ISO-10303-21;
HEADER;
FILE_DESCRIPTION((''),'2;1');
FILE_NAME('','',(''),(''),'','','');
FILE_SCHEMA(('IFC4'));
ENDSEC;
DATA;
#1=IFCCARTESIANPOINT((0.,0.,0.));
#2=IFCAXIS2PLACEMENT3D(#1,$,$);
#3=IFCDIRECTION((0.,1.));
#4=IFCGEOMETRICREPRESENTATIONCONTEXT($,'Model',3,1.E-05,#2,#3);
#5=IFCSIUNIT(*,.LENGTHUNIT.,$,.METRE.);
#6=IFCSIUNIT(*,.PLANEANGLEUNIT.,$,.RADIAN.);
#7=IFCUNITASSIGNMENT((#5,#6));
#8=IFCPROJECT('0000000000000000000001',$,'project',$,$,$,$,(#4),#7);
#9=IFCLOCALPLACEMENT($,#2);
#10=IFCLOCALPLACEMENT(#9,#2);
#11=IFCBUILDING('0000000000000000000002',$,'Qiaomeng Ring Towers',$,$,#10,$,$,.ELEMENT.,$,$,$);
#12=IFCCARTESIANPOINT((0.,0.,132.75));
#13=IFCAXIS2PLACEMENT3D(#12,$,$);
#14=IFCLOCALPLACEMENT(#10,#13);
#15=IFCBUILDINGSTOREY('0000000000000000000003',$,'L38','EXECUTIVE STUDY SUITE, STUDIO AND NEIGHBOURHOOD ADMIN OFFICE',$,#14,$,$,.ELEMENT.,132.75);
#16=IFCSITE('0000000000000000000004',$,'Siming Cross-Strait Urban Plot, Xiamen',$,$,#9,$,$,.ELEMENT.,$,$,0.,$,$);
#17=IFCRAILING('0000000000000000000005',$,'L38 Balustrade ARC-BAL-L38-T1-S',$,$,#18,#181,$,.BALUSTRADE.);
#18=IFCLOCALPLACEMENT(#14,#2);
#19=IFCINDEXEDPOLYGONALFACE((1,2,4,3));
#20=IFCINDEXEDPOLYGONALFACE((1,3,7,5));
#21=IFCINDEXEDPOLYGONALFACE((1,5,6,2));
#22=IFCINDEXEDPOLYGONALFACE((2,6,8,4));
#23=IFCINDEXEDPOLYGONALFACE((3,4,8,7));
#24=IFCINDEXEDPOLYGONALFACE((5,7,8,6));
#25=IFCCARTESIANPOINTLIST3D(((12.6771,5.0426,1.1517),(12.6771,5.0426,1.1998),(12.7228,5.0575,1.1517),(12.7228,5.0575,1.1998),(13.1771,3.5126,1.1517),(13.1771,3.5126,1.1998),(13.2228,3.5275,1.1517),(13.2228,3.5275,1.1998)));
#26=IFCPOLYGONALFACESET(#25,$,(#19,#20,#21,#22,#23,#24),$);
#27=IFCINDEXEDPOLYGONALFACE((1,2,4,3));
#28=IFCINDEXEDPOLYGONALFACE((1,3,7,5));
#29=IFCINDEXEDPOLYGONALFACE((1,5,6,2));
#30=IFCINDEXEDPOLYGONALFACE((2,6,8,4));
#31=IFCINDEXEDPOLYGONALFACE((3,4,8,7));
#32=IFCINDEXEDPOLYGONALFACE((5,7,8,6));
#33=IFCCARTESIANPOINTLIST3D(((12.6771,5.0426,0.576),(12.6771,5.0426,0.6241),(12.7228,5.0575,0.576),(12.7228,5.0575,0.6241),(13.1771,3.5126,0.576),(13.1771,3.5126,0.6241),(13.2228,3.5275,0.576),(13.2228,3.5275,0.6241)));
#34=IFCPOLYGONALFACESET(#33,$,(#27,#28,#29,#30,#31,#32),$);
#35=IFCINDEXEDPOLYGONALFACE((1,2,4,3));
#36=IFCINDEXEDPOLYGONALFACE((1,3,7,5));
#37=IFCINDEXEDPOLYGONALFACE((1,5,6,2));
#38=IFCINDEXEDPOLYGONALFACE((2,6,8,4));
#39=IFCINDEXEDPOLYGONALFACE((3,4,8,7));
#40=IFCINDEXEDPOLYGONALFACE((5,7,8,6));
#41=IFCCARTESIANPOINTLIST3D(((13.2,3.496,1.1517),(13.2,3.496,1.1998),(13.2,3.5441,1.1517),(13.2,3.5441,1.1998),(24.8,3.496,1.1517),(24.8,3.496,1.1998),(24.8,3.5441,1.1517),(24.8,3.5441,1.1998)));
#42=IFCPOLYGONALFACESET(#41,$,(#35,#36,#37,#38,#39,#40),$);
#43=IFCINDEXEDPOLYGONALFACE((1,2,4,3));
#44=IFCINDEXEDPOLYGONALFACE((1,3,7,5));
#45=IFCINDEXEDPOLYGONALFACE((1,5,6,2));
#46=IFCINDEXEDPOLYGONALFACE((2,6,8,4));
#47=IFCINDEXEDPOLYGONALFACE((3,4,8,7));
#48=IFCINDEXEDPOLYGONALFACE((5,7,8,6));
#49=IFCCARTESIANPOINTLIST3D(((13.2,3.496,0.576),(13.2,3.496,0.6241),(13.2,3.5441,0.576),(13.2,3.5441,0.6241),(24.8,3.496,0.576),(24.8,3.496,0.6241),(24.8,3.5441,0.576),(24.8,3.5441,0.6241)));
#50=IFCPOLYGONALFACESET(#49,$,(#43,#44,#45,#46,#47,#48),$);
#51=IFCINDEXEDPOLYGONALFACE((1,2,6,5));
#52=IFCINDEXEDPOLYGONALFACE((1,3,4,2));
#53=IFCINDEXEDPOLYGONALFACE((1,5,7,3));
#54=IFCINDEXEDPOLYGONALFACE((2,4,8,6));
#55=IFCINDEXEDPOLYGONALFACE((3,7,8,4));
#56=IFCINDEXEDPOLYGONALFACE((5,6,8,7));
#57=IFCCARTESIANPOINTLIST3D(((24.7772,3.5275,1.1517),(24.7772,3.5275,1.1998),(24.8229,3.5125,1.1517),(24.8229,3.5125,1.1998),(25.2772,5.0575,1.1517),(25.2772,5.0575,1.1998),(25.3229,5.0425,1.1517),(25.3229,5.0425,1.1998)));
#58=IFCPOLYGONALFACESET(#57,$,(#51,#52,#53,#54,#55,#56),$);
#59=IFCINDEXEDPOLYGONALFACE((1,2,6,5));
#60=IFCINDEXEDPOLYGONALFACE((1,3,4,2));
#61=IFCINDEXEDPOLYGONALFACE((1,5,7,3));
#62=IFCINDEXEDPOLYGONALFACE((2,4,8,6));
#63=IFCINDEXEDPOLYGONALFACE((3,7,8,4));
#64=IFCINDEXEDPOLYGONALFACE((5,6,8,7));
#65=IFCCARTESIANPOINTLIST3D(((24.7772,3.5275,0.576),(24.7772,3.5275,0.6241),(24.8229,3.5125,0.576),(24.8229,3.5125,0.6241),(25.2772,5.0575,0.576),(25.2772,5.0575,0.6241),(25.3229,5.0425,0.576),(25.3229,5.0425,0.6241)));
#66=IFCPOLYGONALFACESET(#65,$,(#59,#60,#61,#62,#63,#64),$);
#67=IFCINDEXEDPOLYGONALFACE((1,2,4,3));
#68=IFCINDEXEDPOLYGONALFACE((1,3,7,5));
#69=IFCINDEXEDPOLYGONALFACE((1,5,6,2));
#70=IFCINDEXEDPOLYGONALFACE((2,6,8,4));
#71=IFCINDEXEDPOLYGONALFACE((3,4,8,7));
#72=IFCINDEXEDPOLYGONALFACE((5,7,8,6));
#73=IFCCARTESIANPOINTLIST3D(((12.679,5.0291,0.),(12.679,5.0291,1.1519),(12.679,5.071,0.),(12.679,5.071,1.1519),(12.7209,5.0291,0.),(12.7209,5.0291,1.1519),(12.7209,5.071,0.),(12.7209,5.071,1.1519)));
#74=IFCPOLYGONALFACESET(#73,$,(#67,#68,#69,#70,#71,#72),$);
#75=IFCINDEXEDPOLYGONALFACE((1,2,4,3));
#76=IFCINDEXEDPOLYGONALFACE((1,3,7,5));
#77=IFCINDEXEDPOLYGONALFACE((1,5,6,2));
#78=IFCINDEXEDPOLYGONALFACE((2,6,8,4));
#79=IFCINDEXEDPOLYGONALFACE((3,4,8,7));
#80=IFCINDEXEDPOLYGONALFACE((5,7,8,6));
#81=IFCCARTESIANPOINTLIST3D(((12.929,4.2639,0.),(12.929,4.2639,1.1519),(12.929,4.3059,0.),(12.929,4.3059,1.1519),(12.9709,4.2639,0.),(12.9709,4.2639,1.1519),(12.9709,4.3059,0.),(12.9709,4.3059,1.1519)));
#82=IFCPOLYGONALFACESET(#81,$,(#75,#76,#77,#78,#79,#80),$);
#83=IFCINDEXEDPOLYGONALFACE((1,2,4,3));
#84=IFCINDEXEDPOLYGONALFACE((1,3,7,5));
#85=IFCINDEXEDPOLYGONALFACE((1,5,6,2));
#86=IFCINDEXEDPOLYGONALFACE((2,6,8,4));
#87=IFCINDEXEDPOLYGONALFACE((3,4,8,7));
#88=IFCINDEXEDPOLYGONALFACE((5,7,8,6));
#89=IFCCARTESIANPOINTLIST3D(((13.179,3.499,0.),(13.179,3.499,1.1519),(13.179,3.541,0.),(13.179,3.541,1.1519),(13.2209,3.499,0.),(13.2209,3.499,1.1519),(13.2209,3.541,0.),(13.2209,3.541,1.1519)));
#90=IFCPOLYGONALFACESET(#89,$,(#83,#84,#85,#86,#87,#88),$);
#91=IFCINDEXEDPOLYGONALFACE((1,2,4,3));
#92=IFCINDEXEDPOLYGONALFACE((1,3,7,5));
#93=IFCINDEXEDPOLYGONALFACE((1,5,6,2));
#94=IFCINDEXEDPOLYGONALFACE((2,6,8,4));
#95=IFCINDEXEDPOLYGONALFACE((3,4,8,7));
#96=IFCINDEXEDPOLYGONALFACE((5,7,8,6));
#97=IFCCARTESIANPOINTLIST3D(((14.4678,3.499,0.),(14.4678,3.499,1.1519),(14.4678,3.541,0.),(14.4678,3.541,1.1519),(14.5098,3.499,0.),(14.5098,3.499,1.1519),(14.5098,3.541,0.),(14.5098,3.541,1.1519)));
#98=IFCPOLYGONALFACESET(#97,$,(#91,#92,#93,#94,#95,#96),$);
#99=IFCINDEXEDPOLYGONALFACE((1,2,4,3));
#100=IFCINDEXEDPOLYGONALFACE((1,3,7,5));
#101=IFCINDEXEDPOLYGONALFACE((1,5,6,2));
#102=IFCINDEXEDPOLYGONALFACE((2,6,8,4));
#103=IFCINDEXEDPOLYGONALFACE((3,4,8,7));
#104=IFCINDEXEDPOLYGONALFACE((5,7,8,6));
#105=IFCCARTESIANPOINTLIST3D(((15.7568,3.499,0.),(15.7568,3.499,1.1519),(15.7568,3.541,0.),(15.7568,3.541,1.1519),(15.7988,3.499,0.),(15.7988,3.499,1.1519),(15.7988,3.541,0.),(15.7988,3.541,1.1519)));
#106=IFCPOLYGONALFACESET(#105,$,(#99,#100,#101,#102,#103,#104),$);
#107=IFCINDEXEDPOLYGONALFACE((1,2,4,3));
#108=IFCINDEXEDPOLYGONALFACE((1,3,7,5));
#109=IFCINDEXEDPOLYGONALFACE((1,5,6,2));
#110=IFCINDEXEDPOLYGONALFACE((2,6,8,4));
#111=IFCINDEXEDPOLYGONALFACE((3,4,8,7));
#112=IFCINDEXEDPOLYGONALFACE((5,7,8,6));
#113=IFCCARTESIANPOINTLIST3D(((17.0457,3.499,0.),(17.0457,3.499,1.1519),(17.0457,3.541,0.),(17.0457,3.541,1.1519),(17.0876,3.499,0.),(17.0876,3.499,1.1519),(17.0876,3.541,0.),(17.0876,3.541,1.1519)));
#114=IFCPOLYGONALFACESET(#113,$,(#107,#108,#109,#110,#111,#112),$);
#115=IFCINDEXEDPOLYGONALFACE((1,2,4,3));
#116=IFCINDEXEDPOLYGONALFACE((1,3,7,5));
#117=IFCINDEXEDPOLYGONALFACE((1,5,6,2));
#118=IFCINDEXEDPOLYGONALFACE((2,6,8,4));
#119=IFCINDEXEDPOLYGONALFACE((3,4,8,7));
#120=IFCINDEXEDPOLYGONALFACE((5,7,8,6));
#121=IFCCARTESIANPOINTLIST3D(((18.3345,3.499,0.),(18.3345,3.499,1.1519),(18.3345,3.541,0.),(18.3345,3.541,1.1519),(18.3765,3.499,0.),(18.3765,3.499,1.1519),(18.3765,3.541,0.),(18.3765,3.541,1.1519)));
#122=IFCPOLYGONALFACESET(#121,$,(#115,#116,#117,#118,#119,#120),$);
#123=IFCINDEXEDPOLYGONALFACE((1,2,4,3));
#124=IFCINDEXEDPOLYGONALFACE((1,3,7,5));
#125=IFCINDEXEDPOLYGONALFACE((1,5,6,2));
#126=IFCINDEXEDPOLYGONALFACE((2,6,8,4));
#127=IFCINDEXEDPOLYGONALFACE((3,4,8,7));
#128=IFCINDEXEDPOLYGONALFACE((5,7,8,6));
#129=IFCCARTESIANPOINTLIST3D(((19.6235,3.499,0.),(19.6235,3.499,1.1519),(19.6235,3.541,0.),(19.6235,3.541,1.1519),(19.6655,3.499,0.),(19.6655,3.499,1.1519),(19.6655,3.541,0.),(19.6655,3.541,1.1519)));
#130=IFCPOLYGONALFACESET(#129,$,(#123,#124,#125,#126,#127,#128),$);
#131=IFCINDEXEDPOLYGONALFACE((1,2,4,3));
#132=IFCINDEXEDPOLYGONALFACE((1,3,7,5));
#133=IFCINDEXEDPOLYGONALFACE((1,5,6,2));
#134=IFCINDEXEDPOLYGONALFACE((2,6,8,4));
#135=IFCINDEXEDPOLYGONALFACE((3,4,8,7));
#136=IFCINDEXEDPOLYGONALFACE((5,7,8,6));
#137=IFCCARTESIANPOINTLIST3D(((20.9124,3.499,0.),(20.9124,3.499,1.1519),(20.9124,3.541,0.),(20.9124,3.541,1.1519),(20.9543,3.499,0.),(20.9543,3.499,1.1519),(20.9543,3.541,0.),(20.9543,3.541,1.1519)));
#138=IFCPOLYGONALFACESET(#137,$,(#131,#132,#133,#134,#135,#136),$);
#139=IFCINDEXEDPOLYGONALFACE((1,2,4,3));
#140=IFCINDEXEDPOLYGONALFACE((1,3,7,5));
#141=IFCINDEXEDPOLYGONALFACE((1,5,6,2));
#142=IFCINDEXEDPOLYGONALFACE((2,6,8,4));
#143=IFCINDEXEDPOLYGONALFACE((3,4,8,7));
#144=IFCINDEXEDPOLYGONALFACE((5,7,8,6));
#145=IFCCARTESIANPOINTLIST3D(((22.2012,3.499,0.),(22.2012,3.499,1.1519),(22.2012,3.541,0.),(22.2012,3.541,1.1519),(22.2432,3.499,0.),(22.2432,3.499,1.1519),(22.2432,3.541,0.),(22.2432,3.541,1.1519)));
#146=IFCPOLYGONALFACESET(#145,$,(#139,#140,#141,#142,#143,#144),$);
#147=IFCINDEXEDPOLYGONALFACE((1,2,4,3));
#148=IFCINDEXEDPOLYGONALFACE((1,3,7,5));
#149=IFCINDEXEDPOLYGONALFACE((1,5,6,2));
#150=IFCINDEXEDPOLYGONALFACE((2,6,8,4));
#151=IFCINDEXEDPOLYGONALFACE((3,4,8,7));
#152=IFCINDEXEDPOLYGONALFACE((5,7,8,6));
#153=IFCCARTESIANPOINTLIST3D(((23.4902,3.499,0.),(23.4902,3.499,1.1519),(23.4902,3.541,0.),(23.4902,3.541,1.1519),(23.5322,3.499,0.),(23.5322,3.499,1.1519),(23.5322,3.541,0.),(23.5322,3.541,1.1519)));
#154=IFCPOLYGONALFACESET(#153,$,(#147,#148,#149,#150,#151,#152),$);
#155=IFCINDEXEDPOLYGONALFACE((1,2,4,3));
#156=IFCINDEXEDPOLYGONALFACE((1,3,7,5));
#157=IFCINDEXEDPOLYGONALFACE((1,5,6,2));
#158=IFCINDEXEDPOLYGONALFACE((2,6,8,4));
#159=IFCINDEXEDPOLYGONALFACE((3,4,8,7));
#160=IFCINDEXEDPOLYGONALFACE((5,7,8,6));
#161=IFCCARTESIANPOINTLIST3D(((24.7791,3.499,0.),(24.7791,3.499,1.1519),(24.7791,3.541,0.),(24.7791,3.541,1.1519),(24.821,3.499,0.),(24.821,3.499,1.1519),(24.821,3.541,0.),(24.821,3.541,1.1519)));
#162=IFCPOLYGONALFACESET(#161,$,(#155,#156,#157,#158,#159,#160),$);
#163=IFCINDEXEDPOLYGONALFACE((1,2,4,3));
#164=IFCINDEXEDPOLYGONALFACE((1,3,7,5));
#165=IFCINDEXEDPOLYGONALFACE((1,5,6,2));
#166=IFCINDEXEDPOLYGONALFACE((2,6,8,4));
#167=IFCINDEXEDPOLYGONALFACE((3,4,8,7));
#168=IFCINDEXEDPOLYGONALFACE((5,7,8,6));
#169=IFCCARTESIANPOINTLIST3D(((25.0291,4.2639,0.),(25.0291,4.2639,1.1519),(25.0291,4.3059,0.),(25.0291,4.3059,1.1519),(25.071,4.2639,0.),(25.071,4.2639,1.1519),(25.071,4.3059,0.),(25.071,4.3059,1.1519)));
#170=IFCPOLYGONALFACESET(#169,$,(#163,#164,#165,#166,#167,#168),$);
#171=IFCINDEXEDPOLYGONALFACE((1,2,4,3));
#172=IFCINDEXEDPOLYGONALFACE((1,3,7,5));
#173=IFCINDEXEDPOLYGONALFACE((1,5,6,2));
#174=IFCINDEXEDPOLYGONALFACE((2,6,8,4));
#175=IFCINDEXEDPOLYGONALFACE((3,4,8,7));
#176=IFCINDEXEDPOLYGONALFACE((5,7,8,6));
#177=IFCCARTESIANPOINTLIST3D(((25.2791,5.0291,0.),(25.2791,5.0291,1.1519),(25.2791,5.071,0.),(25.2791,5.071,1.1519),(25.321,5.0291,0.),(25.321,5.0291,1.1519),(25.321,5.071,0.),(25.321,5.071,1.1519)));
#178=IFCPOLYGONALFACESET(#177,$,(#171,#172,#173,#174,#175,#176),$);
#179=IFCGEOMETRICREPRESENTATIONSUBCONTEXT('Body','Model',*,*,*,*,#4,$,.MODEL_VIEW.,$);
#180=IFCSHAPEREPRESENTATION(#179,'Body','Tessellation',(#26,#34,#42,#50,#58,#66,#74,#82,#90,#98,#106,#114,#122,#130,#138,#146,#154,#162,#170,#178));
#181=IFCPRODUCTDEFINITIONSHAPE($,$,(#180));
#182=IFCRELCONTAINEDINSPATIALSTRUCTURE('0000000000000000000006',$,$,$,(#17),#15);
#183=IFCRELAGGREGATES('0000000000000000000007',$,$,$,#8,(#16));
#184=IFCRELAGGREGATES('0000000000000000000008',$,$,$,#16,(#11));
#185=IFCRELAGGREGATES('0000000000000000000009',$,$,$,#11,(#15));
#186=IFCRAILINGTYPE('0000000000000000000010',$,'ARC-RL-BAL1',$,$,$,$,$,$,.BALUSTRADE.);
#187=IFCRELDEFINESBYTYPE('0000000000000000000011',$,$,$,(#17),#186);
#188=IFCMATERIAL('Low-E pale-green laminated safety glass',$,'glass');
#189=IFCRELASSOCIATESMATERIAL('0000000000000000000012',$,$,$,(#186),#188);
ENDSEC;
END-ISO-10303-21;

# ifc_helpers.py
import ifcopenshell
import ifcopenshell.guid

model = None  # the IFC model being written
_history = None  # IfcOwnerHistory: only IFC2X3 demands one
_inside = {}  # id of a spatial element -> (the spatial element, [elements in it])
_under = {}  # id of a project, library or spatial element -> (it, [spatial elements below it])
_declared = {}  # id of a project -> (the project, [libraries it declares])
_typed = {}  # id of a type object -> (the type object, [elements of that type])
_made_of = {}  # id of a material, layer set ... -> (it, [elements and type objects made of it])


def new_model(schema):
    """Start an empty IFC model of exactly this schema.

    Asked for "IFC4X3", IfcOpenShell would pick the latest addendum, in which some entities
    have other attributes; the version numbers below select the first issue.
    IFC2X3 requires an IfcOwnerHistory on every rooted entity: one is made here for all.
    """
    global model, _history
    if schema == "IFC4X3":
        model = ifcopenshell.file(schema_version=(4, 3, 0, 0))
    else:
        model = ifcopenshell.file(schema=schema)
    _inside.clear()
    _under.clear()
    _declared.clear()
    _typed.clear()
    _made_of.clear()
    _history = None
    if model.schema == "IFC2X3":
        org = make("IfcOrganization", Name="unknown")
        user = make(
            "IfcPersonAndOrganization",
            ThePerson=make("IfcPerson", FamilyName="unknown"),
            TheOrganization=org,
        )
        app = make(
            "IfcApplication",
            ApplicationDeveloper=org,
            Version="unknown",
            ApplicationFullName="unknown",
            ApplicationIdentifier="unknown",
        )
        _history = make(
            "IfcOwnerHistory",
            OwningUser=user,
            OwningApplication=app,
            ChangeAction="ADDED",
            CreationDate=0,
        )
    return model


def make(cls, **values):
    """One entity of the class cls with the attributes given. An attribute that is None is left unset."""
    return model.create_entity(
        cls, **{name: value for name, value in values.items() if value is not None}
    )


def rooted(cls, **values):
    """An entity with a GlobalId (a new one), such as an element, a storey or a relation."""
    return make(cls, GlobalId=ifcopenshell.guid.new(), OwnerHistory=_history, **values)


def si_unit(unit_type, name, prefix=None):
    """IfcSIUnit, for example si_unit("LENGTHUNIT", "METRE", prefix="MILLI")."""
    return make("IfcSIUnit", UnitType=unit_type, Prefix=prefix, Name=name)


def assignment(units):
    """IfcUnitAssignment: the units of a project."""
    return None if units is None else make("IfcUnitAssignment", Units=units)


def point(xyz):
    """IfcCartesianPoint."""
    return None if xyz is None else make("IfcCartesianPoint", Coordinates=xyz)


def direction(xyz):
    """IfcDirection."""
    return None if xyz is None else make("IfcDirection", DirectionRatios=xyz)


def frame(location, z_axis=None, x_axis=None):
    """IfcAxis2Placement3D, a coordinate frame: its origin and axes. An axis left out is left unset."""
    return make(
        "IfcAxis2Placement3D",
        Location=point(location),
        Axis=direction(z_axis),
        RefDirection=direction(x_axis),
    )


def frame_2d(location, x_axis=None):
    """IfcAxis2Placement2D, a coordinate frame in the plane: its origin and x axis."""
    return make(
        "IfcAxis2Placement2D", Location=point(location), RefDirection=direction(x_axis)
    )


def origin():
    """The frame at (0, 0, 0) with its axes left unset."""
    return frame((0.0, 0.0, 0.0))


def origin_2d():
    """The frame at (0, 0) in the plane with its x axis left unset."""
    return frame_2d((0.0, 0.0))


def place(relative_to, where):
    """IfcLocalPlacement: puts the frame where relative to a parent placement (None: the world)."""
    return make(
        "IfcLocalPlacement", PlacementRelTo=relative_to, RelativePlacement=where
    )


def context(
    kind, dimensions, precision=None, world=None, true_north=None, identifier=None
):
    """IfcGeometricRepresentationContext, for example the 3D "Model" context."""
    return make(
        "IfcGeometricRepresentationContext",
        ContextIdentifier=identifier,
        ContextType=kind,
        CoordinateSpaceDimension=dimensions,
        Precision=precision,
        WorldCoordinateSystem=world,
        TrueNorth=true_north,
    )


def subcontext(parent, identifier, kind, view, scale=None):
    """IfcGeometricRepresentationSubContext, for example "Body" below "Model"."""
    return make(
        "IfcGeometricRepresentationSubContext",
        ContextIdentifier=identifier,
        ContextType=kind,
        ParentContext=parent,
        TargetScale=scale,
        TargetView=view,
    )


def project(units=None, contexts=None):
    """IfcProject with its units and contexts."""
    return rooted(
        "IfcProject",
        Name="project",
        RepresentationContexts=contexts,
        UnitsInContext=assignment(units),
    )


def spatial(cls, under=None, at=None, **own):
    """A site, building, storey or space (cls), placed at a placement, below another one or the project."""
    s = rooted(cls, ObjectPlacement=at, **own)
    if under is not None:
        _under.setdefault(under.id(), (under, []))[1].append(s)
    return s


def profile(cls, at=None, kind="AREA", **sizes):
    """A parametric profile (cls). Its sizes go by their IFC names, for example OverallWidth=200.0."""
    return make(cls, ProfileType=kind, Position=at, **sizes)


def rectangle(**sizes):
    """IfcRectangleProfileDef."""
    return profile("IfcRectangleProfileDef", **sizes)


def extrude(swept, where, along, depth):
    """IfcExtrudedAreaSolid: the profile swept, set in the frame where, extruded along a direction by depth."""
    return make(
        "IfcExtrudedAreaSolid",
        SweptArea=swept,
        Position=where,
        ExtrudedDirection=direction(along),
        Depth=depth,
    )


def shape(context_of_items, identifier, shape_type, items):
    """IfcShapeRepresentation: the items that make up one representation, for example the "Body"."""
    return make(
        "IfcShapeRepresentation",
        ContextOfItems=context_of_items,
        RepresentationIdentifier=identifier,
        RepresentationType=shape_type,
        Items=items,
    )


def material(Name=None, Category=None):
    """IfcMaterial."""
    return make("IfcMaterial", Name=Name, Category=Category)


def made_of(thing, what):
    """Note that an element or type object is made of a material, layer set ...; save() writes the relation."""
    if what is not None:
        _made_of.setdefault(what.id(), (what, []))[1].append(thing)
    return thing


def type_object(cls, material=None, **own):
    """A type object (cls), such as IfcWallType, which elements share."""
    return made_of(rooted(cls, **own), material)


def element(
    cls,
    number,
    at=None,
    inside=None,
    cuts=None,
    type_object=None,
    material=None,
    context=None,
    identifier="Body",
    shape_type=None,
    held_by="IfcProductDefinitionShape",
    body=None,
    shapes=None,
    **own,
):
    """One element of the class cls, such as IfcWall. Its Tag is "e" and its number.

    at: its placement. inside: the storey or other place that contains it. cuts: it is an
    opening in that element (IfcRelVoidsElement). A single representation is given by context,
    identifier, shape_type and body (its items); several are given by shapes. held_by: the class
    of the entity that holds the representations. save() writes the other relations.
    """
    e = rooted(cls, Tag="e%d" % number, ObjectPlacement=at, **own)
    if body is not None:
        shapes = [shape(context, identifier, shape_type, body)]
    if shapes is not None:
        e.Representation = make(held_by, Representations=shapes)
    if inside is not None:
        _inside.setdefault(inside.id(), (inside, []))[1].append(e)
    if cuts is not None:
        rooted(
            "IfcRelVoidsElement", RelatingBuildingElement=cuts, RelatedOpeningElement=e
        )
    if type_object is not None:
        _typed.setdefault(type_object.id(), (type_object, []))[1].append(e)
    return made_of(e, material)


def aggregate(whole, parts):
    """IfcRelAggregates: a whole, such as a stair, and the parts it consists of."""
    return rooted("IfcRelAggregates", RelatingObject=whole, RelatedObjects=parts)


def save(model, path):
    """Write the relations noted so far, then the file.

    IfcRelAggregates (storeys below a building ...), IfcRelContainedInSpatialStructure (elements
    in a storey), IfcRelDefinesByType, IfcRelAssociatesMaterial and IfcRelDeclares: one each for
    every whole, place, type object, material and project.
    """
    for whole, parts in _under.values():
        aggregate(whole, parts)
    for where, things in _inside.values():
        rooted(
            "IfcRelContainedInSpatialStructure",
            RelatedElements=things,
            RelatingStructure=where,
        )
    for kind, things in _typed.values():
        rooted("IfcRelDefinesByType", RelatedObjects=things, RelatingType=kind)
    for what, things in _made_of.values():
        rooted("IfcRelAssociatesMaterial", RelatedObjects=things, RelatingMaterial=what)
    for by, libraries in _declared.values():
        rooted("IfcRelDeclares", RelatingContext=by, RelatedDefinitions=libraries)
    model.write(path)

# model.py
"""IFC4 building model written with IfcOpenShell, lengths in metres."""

from ifc_helpers import new_model, si_unit, direction, frame, origin, origin_2d, place, context, subcontext, project, spatial, rectangle, extrude, material, type_object, element, save


model = new_model("IFC4")

# Units and contexts
model_context = context("Model", 3, precision=1e-05, world=origin(), true_north=direction((0.0, 1.0)))
body_context = subcontext(model_context, "Body", "Model", "MODEL_VIEW")
ifc_project = project(units=[si_unit("LENGTHUNIT", "METRE"), si_unit("PLANEANGLEUNIT", "RADIAN")], contexts=[model_context])

# Site, building, storey
site_placement = place(None, origin())
site = spatial("IfcSite", under=ifc_project, at=site_placement, Name="Siming Cross-Strait Urban Plot, Xiamen", CompositionType="ELEMENT", RefElevation=0.0)
building_placement = place(site_placement, origin())
building = spatial("IfcBuilding", under=site, at=building_placement, Name="Qiaomeng Ring Towers", CompositionType="ELEMENT")
storey_placement = place(building_placement, frame((0.0, 0.0, 132.75)))
storey = spatial("IfcBuildingStorey", under=building, at=storey_placement, Name="L38", Description="EXECUTIVE STUDY SUITE, STUDIO AND NEIGHBOURHOOD ADMIN OFFICE", CompositionType="ELEMENT", Elevation=132.75)

# Railing
ifc_material_1 = material(Name="Low-E pale-green laminated safety glass", Category="glass")
railing_type = type_object("IfcRailingType", Name="ARC-RL-BAL1", PredefinedType="BALUSTRADE", material=ifc_material_1)
railing_placement = place(storey_placement, frame((12.7, 5.05, 0.0)))
element("IfcRailing", 1, at=railing_placement, inside=storey, type_object=railing_type, Name="L38 Balustrade ARC-BAL-L38-T1-S", PredefinedType="BALUSTRADE", context=body_context, shape_type="SweptSolid", body=[
    extrude(rectangle(XDim=0.0481, YDim=0.0481, at=origin_2d()), frame((0.0, 0.0, 1.1758), z_axis=(0.310626, -0.950532, 0.0), x_axis=(0.950532, 0.310626, 0.0)), (0.0, 0.0, 1.0), 1.6096),
    extrude(rectangle(XDim=0.0481, YDim=0.0481, at=origin_2d()), frame((0.0, 0.0, 0.6001), z_axis=(0.310626, -0.950532, 0.0), x_axis=(0.950532, 0.310626, 0.0)), (0.0, 0.0, 1.0), 1.6096),
    extrude(rectangle(XDim=0.0481, YDim=0.0481, at=origin_2d()), frame((0.5, -1.53, 1.1758), z_axis=(1.0, 0.0, 0.0), x_axis=(0.0, 1.0, 0.0)), (0.0, 0.0, 1.0), 11.6001),
    extrude(rectangle(XDim=0.0481, YDim=0.0481, at=origin_2d()), frame((0.5, -1.53, 0.6001), z_axis=(1.0, 0.0, 0.0), x_axis=(0.0, 1.0, 0.0)), (0.0, 0.0, 1.0), 11.6001),
    extrude(rectangle(XDim=0.0481, YDim=0.0481, at=origin_2d()), frame((12.1001, -1.53, 1.1758), z_axis=(0.310626, 0.950532, 0.0), x_axis=(-0.950532, 0.310626, 0.0)), (0.0, 0.0, 1.0), 1.6096),
    extrude(rectangle(XDim=0.0481, YDim=0.0481, at=origin_2d()), frame((12.1001, -1.53, 0.6001), z_axis=(0.310626, 0.950532, 0.0), x_axis=(-0.950532, 0.310626, 0.0)), (0.0, 0.0, 1.0), 1.6096),
    extrude(rectangle(XDim=0.042, YDim=0.042, at=origin_2d()), origin(), (0.0, 0.0, 1.0), 1.1519),
    extrude(rectangle(XDim=0.042, YDim=0.042, at=origin_2d()), frame((0.25, -0.7651, 0.0)), (0.0, 0.0, 1.0), 1.1519),
    extrude(rectangle(XDim=0.042, YDim=0.042, at=origin_2d()), frame((0.5, -1.53, 0.0)), (0.0, 0.0, 1.0), 1.1519),
    extrude(rectangle(XDim=0.042, YDim=0.042, at=origin_2d()), frame((1.7888, -1.53, 0.0)), (0.0, 0.0, 1.0), 1.1519),
    extrude(rectangle(XDim=0.042, YDim=0.042, at=origin_2d()), frame((3.0779, -1.53, 0.0)), (0.0, 0.0, 1.0), 1.1519),
    extrude(rectangle(XDim=0.042, YDim=0.042, at=origin_2d()), frame((4.3667, -1.53, 0.0)), (0.0, 0.0, 1.0), 1.1519),
    extrude(rectangle(XDim=0.042, YDim=0.042, at=origin_2d()), frame((5.6555, -1.53, 0.0)), (0.0, 0.0, 1.0), 1.1519),
    extrude(rectangle(XDim=0.042, YDim=0.042, at=origin_2d()), frame((6.9446, -1.53, 0.0)), (0.0, 0.0, 1.0), 1.1519),
    extrude(rectangle(XDim=0.042, YDim=0.042, at=origin_2d()), frame((8.2334, -1.53, 0.0)), (0.0, 0.0, 1.0), 1.1519),
    extrude(rectangle(XDim=0.042, YDim=0.042, at=origin_2d()), frame((9.5222, -1.53, 0.0)), (0.0, 0.0, 1.0), 1.1519),
    extrude(rectangle(XDim=0.042, YDim=0.042, at=origin_2d()), frame((10.8113, -1.53, 0.0)), (0.0, 0.0, 1.0), 1.1519),
    extrude(rectangle(XDim=0.042, YDim=0.042, at=origin_2d()), frame((12.1001, -1.53, 0.0)), (0.0, 0.0, 1.0), 1.1519),
    extrude(rectangle(XDim=0.042, YDim=0.042, at=origin_2d()), frame((12.3501, -0.7651, 0.0)), (0.0, 0.0, 1.0), 1.1519),
    extrude(rectangle(XDim=0.042, YDim=0.042, at=origin_2d()), frame((12.6001, 0.0, 0.0)), (0.0, 0.0, 1.0), 1.1519),
])

save(model, "model.ifc")
